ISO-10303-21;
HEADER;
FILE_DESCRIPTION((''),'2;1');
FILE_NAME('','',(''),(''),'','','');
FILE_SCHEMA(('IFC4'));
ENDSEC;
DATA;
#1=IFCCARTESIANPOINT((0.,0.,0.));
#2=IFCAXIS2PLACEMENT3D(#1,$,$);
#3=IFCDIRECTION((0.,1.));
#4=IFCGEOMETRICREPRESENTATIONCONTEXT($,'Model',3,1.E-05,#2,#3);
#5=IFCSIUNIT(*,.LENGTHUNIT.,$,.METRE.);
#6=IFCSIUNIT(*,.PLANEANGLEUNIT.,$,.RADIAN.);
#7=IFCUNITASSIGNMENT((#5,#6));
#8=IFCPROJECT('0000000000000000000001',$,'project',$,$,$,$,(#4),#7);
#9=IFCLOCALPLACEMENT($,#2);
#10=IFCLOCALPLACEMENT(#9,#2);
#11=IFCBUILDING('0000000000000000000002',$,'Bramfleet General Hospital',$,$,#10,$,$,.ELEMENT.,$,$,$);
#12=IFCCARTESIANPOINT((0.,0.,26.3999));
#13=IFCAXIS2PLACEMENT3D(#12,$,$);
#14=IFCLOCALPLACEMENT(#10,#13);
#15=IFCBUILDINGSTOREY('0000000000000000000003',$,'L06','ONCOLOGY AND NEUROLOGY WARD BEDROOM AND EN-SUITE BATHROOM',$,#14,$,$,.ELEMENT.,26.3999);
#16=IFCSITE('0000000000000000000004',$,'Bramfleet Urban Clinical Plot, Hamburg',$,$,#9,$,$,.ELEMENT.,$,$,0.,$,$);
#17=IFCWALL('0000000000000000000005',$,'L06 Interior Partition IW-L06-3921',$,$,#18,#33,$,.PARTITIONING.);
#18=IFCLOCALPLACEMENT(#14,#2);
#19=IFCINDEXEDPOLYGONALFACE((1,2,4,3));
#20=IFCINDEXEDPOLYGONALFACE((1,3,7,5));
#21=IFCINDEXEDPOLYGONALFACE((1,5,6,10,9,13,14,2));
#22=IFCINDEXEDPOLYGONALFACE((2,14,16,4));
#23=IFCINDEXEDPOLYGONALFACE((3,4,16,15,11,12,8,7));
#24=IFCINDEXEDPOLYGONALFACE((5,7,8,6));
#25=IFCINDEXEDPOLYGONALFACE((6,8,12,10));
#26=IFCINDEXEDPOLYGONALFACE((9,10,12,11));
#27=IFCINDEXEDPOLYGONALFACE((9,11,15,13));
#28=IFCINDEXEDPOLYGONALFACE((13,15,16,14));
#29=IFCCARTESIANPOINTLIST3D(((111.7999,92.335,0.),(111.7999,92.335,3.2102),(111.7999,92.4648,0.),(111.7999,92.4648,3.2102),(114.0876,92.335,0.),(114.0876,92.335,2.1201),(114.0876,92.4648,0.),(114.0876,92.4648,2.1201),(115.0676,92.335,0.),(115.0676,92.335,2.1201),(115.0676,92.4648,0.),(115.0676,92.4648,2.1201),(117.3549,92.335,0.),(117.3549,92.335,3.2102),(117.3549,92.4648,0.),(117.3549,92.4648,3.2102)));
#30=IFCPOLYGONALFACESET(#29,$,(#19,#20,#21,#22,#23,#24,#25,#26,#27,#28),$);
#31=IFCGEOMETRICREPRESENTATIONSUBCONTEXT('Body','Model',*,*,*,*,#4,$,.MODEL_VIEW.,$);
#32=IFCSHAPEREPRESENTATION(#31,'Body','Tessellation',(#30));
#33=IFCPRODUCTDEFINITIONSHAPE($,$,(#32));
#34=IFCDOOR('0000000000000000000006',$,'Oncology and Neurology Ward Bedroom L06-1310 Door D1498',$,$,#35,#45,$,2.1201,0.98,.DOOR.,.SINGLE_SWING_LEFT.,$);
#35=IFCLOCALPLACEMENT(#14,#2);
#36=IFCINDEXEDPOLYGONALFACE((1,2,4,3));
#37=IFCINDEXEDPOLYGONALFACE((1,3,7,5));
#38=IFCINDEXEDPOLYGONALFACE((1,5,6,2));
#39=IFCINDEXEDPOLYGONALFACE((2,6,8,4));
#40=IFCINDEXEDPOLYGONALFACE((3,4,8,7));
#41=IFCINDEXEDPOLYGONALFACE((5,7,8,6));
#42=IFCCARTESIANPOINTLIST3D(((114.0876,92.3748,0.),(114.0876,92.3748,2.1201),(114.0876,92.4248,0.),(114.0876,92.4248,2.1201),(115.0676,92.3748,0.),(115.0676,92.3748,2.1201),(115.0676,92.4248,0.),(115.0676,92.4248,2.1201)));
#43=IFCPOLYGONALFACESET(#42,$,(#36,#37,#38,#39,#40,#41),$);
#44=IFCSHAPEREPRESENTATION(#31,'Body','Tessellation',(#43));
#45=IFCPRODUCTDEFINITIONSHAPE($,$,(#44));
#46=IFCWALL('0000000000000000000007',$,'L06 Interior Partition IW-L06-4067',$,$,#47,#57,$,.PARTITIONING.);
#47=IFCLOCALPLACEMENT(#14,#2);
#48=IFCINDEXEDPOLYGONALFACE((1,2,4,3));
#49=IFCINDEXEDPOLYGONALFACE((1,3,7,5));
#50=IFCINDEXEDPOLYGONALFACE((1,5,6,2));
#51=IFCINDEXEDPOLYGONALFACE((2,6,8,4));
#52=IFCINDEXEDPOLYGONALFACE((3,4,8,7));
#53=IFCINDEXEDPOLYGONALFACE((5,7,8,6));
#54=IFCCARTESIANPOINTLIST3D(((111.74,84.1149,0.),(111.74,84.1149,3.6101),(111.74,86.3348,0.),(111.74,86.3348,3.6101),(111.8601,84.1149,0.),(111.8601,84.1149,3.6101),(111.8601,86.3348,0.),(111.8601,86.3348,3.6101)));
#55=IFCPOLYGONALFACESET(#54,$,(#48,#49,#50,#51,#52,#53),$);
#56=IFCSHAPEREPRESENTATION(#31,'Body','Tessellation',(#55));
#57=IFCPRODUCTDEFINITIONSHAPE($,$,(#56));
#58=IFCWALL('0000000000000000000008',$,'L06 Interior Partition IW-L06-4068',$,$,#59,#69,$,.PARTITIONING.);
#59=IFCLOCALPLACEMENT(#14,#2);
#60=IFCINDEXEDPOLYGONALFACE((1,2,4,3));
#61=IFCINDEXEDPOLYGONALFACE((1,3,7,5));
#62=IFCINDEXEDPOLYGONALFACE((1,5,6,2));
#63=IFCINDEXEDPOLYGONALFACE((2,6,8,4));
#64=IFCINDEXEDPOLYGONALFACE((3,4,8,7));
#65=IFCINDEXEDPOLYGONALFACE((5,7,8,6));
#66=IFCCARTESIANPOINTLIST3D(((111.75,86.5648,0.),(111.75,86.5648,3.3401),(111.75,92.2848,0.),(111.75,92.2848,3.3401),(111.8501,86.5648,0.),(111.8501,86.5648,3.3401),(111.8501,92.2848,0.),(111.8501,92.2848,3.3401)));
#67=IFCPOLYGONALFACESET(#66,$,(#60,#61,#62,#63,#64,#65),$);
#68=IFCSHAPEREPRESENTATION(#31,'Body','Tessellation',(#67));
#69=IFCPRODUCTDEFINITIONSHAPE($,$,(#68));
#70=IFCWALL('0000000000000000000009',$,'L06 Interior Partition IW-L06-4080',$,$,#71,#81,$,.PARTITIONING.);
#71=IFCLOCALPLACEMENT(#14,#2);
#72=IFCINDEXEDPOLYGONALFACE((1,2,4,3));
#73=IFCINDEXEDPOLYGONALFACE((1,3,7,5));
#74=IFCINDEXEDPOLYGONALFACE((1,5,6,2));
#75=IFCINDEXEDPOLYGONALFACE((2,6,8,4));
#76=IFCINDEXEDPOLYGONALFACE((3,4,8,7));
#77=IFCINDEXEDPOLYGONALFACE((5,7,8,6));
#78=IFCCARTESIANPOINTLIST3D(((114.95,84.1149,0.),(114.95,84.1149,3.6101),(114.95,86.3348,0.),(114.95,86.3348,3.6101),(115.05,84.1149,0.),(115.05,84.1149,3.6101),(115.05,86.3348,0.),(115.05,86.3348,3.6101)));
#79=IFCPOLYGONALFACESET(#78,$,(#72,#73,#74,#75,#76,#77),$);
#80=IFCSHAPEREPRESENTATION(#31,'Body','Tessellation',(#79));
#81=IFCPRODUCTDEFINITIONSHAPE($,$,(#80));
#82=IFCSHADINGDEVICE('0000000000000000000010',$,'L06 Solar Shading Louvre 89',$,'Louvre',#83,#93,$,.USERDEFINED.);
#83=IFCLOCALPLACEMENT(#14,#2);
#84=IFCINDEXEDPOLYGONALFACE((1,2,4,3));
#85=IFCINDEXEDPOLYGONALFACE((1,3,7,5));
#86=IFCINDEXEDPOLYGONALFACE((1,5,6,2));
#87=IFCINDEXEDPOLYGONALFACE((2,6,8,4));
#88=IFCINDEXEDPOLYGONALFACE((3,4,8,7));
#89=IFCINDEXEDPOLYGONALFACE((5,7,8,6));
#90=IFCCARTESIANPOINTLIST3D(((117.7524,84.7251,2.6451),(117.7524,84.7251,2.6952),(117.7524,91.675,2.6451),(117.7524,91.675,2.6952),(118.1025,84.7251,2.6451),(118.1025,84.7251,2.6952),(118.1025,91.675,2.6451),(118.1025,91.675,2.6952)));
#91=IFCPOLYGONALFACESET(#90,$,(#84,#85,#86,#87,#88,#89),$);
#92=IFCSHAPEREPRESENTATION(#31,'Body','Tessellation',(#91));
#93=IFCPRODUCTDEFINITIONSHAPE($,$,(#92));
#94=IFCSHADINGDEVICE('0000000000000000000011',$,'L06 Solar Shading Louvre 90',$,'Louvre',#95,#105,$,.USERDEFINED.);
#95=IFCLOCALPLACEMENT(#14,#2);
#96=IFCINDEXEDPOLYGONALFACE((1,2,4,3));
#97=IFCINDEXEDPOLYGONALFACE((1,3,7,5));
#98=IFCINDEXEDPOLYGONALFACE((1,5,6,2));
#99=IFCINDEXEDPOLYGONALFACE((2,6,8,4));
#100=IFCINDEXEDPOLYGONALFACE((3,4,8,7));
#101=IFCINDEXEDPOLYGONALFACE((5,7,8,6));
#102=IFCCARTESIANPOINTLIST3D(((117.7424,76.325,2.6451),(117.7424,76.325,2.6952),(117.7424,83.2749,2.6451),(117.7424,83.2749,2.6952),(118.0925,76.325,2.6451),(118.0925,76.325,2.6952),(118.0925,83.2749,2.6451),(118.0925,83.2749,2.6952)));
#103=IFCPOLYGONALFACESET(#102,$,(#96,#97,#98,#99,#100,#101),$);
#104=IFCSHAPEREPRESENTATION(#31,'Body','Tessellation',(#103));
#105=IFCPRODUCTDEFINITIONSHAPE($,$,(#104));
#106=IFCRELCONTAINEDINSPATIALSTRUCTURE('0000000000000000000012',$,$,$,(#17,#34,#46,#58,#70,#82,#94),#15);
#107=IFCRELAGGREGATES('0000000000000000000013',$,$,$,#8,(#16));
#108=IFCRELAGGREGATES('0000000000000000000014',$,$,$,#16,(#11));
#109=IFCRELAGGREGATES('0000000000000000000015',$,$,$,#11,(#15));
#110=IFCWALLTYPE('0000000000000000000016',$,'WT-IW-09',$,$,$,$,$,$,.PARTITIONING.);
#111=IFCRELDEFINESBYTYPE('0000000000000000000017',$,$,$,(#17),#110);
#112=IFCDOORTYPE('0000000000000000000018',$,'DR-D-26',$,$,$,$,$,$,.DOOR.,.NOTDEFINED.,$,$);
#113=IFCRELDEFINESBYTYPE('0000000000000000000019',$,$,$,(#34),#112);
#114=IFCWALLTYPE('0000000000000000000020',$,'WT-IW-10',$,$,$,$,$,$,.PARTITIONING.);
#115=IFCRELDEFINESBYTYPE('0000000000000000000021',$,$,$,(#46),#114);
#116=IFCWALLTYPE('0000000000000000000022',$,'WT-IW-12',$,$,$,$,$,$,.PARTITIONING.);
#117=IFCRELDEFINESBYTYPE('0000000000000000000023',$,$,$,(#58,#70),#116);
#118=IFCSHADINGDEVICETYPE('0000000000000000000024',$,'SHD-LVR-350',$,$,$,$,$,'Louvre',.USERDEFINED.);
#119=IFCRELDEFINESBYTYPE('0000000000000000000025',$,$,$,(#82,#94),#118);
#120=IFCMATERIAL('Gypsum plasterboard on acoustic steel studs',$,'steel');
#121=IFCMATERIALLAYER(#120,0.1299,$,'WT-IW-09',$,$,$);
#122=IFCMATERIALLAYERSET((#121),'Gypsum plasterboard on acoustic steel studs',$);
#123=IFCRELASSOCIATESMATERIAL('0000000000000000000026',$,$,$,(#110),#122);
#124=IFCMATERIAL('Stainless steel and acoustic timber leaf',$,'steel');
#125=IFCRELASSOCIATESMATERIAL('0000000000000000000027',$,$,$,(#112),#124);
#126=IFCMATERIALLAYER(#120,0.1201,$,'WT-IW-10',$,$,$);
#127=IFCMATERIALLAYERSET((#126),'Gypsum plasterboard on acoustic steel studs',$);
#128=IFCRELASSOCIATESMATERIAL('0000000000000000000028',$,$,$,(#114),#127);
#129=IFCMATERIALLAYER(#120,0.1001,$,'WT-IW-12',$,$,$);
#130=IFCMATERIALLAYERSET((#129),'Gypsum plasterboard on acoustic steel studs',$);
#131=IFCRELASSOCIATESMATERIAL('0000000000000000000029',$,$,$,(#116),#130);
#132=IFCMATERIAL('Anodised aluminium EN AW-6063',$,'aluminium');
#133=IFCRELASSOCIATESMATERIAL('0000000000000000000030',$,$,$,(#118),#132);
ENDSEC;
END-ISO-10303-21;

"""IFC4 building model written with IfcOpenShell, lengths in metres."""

from ifc_helpers import new_model, si_unit, direction, frame, frame_2d, origin, origin_2d, place, context, subcontext, project, spatial, rectangle, extrude, material, layer, layer_set, material_profile, profile_set, type_object, element, fill, save


model = new_model("IFC4")

# Units and contexts
model_context = context("Model", 3, precision=1e-05, world=origin(), true_north=direction((0.0, 1.0)))
body_context = subcontext(model_context, "Body", "Model", "MODEL_VIEW")
ifc_project = project(units=[si_unit("LENGTHUNIT", "METRE"), si_unit("PLANEANGLEUNIT", "RADIAN")], contexts=[model_context])

# Site, building, storey
site_placement = place(None, origin())
site = spatial("IfcSite", under=ifc_project, at=site_placement, Name="Bramfleet Urban Clinical Plot, Hamburg", CompositionType="ELEMENT", RefElevation=0.0)
building_placement = place(site_placement, origin())
building = spatial("IfcBuilding", under=site, at=building_placement, Name="Bramfleet General Hospital", CompositionType="ELEMENT")
storey_placement = place(building_placement, frame((0.0, 0.0, 26.3999)))
storey = spatial("IfcBuildingStorey", under=building, at=storey_placement, Name="L06", Description="ONCOLOGY AND NEUROLOGY WARD BEDROOM AND EN-SUITE BATHROOM", CompositionType="ELEMENT", Elevation=26.3999)

# Wall, opening, door
ifc_material_1 = material(Name="Gypsum plasterboard on acoustic steel studs", Category="steel")
ifc_material_2 = material(Name="Stainless steel and acoustic timber leaf", Category="steel")
ifc_layer_1 = layer(ifc_material_1, 0.1299, Name="WT-IW-09")
ifc_layer_set_1 = layer_set([ifc_layer_1], Name="Gypsum plasterboard on acoustic steel studs")
wall_type_1 = type_object("IfcWallType", Name="WT-IW-09", PredefinedType="PARTITIONING", material=ifc_layer_set_1)
wall_1_placement = place(storey_placement, frame((111.8, 92.3999, 0.0), z_axis=(0.0, 0.0, 1.0), x_axis=(1.0, 0.0, 0.0)))
wall_1 = element("IfcWall", 1, at=wall_1_placement, inside=storey, type_object=wall_type_1, Name="L06 Interior Partition IW-L06-3921", PredefinedType="PARTITIONING", context=body_context, shape_type="SweptSolid", body=[
    extrude(rectangle(XDim=5.5549, YDim=0.1299, at=frame_2d((2.7773, 0.0))), origin(), (0.0, 0.0, 1.0), 3.2102),
])
opening_1_placement = place(wall_1_placement, frame((2.2876, 0.0, 0.0)))
opening_1 = element("IfcOpeningElement", 2, at=opening_1_placement, cuts=wall_1, PredefinedType="OPENING", context=body_context, shape_type="SweptSolid", body=[
    extrude(rectangle(XDim=0.98, YDim=2.1201, at=frame_2d((0.49, 1.0601))), frame((0.0, 0.075, 0.0), z_axis=(0.0, -1.0, 0.0), x_axis=(1.0, 0.0, 0.0)), (0.0, 0.0, 1.0), 0.1499),
])
door_type_1 = type_object("IfcDoorType", Name="DR-D-26", OperationType="NOTDEFINED", PredefinedType="DOOR", material=ifc_material_2)
door_1_placement = place(opening_1_placement, origin())
door_1 = element("IfcDoor", 3, at=door_1_placement, inside=storey, type_object=door_type_1, Name="Oncology and Neurology Ward Bedroom L06-1310 Door D1498", OperationType="SINGLE_SWING_LEFT", OverallHeight=2.1201, OverallWidth=0.98, PredefinedType="DOOR", context=body_context, shape_type="SweptSolid", body=[
    extrude(rectangle(XDim=0.98, YDim=2.1201, at=frame_2d((0.49, 1.0601))), frame((0.0, 0.0249, 0.0), z_axis=(0.0, -1.0, 0.0), x_axis=(1.0, 0.0, 0.0)), (0.0, 0.0, 1.0), 0.05),
])
fill(opening_1, door_1)

# Walls
ifc_layer_2 = layer(ifc_material_1, 0.1201, Name="WT-IW-10")
ifc_layer_set_2 = layer_set([ifc_layer_2], Name="Gypsum plasterboard on acoustic steel studs")
wall_type_2 = type_object("IfcWallType", Name="WT-IW-10", PredefinedType="PARTITIONING", material=ifc_layer_set_2)
wall_2_placement = place(storey_placement, frame((111.8, 84.115, 0.0), z_axis=(0.0, 0.0, 1.0), x_axis=(0.0, 1.0, 0.0)))
element("IfcWall", 4, at=wall_2_placement, inside=storey, type_object=wall_type_2, Name="L06 Interior Partition IW-L06-4067", PredefinedType="PARTITIONING", context=body_context, shape_type="SweptSolid", body=[
    extrude(rectangle(XDim=2.22, YDim=0.1201, at=frame_2d((1.1099, 0.0))), origin(), (0.0, 0.0, 1.0), 3.6101),
])
ifc_layer_3 = layer(ifc_material_1, 0.1001, Name="WT-IW-12")
ifc_layer_set_3 = layer_set([ifc_layer_3], Name="Gypsum plasterboard on acoustic steel studs")
wall_type_3 = type_object("IfcWallType", Name="WT-IW-12", PredefinedType="PARTITIONING", material=ifc_layer_set_3)
wall_3_placement = place(storey_placement, frame((111.8, 86.5649, 0.0), z_axis=(0.0, 0.0, 1.0), x_axis=(0.0, 1.0, 0.0)))
element("IfcWall", 5, at=wall_3_placement, inside=storey, type_object=wall_type_3, Name="L06 Interior Partition IW-L06-4068", PredefinedType="PARTITIONING", context=body_context, shape_type="SweptSolid", body=[
    extrude(rectangle(XDim=5.72, YDim=0.1001, at=frame_2d((2.8599, 0.0))), origin(), (0.0, 0.0, 1.0), 3.3401),
])
wall_4_placement = place(storey_placement, frame((115.0, 84.115, 0.0), z_axis=(0.0, 0.0, 1.0), x_axis=(0.0, 1.0, 0.0)))
element("IfcWall", 6, at=wall_4_placement, inside=storey, type_object=wall_type_3, Name="L06 Interior Partition IW-L06-4080", PredefinedType="PARTITIONING", context=body_context, shape_type="SweptSolid", body=[
    extrude(rectangle(XDim=2.22, YDim=0.1001, at=frame_2d((1.1099, 0.0))), origin(), (0.0, 0.0, 1.0), 3.6101),
])

# Shading devices
ifc_material_3 = material(Name="Anodised aluminium EN AW-6063", Category="aluminium")
ifc_material_profile_1 = material_profile(ifc_material_3, rectangle(XDim=0.05, YDim=0.3501, at=origin_2d()), Name="ALU LOUVRE 350x50")
ifc_profile_set_1 = profile_set([ifc_material_profile_1], Name="Anodised aluminium EN AW-6063")
shading_device_type = type_object("IfcShadingDeviceType", Name="SHD-LVR-350", ElementType="Louvre", PredefinedType="USERDEFINED", material=ifc_profile_set_1)
for number, where, z_axis, x_axis, name in (
    (7, (117.9275, 91.675, 2.6702), (0.0, -1.0, 0.0), (0.0, 0.0, 1.0), "L06 Solar Shading Louvre 89"),
    (8, (117.9175, 83.2749, 2.6702), (0.0, -1.0, 0.0), (0.0, 0.0, 1.0), "L06 Solar Shading Louvre 90"),
):
    element("IfcShadingDevice", number, at=place(storey_placement, frame(where, z_axis=z_axis, x_axis=x_axis)), inside=storey, type_object=shading_device_type, Name=name, ObjectType="Louvre", PredefinedType="USERDEFINED", context=body_context, shape_type="SweptSolid", body=[
        extrude(rectangle(XDim=0.05, YDim=0.3501, at=origin_2d()), origin(), (0.0, 0.0, 1.0), 6.95),
    ])

save(model, "model.ifc")
